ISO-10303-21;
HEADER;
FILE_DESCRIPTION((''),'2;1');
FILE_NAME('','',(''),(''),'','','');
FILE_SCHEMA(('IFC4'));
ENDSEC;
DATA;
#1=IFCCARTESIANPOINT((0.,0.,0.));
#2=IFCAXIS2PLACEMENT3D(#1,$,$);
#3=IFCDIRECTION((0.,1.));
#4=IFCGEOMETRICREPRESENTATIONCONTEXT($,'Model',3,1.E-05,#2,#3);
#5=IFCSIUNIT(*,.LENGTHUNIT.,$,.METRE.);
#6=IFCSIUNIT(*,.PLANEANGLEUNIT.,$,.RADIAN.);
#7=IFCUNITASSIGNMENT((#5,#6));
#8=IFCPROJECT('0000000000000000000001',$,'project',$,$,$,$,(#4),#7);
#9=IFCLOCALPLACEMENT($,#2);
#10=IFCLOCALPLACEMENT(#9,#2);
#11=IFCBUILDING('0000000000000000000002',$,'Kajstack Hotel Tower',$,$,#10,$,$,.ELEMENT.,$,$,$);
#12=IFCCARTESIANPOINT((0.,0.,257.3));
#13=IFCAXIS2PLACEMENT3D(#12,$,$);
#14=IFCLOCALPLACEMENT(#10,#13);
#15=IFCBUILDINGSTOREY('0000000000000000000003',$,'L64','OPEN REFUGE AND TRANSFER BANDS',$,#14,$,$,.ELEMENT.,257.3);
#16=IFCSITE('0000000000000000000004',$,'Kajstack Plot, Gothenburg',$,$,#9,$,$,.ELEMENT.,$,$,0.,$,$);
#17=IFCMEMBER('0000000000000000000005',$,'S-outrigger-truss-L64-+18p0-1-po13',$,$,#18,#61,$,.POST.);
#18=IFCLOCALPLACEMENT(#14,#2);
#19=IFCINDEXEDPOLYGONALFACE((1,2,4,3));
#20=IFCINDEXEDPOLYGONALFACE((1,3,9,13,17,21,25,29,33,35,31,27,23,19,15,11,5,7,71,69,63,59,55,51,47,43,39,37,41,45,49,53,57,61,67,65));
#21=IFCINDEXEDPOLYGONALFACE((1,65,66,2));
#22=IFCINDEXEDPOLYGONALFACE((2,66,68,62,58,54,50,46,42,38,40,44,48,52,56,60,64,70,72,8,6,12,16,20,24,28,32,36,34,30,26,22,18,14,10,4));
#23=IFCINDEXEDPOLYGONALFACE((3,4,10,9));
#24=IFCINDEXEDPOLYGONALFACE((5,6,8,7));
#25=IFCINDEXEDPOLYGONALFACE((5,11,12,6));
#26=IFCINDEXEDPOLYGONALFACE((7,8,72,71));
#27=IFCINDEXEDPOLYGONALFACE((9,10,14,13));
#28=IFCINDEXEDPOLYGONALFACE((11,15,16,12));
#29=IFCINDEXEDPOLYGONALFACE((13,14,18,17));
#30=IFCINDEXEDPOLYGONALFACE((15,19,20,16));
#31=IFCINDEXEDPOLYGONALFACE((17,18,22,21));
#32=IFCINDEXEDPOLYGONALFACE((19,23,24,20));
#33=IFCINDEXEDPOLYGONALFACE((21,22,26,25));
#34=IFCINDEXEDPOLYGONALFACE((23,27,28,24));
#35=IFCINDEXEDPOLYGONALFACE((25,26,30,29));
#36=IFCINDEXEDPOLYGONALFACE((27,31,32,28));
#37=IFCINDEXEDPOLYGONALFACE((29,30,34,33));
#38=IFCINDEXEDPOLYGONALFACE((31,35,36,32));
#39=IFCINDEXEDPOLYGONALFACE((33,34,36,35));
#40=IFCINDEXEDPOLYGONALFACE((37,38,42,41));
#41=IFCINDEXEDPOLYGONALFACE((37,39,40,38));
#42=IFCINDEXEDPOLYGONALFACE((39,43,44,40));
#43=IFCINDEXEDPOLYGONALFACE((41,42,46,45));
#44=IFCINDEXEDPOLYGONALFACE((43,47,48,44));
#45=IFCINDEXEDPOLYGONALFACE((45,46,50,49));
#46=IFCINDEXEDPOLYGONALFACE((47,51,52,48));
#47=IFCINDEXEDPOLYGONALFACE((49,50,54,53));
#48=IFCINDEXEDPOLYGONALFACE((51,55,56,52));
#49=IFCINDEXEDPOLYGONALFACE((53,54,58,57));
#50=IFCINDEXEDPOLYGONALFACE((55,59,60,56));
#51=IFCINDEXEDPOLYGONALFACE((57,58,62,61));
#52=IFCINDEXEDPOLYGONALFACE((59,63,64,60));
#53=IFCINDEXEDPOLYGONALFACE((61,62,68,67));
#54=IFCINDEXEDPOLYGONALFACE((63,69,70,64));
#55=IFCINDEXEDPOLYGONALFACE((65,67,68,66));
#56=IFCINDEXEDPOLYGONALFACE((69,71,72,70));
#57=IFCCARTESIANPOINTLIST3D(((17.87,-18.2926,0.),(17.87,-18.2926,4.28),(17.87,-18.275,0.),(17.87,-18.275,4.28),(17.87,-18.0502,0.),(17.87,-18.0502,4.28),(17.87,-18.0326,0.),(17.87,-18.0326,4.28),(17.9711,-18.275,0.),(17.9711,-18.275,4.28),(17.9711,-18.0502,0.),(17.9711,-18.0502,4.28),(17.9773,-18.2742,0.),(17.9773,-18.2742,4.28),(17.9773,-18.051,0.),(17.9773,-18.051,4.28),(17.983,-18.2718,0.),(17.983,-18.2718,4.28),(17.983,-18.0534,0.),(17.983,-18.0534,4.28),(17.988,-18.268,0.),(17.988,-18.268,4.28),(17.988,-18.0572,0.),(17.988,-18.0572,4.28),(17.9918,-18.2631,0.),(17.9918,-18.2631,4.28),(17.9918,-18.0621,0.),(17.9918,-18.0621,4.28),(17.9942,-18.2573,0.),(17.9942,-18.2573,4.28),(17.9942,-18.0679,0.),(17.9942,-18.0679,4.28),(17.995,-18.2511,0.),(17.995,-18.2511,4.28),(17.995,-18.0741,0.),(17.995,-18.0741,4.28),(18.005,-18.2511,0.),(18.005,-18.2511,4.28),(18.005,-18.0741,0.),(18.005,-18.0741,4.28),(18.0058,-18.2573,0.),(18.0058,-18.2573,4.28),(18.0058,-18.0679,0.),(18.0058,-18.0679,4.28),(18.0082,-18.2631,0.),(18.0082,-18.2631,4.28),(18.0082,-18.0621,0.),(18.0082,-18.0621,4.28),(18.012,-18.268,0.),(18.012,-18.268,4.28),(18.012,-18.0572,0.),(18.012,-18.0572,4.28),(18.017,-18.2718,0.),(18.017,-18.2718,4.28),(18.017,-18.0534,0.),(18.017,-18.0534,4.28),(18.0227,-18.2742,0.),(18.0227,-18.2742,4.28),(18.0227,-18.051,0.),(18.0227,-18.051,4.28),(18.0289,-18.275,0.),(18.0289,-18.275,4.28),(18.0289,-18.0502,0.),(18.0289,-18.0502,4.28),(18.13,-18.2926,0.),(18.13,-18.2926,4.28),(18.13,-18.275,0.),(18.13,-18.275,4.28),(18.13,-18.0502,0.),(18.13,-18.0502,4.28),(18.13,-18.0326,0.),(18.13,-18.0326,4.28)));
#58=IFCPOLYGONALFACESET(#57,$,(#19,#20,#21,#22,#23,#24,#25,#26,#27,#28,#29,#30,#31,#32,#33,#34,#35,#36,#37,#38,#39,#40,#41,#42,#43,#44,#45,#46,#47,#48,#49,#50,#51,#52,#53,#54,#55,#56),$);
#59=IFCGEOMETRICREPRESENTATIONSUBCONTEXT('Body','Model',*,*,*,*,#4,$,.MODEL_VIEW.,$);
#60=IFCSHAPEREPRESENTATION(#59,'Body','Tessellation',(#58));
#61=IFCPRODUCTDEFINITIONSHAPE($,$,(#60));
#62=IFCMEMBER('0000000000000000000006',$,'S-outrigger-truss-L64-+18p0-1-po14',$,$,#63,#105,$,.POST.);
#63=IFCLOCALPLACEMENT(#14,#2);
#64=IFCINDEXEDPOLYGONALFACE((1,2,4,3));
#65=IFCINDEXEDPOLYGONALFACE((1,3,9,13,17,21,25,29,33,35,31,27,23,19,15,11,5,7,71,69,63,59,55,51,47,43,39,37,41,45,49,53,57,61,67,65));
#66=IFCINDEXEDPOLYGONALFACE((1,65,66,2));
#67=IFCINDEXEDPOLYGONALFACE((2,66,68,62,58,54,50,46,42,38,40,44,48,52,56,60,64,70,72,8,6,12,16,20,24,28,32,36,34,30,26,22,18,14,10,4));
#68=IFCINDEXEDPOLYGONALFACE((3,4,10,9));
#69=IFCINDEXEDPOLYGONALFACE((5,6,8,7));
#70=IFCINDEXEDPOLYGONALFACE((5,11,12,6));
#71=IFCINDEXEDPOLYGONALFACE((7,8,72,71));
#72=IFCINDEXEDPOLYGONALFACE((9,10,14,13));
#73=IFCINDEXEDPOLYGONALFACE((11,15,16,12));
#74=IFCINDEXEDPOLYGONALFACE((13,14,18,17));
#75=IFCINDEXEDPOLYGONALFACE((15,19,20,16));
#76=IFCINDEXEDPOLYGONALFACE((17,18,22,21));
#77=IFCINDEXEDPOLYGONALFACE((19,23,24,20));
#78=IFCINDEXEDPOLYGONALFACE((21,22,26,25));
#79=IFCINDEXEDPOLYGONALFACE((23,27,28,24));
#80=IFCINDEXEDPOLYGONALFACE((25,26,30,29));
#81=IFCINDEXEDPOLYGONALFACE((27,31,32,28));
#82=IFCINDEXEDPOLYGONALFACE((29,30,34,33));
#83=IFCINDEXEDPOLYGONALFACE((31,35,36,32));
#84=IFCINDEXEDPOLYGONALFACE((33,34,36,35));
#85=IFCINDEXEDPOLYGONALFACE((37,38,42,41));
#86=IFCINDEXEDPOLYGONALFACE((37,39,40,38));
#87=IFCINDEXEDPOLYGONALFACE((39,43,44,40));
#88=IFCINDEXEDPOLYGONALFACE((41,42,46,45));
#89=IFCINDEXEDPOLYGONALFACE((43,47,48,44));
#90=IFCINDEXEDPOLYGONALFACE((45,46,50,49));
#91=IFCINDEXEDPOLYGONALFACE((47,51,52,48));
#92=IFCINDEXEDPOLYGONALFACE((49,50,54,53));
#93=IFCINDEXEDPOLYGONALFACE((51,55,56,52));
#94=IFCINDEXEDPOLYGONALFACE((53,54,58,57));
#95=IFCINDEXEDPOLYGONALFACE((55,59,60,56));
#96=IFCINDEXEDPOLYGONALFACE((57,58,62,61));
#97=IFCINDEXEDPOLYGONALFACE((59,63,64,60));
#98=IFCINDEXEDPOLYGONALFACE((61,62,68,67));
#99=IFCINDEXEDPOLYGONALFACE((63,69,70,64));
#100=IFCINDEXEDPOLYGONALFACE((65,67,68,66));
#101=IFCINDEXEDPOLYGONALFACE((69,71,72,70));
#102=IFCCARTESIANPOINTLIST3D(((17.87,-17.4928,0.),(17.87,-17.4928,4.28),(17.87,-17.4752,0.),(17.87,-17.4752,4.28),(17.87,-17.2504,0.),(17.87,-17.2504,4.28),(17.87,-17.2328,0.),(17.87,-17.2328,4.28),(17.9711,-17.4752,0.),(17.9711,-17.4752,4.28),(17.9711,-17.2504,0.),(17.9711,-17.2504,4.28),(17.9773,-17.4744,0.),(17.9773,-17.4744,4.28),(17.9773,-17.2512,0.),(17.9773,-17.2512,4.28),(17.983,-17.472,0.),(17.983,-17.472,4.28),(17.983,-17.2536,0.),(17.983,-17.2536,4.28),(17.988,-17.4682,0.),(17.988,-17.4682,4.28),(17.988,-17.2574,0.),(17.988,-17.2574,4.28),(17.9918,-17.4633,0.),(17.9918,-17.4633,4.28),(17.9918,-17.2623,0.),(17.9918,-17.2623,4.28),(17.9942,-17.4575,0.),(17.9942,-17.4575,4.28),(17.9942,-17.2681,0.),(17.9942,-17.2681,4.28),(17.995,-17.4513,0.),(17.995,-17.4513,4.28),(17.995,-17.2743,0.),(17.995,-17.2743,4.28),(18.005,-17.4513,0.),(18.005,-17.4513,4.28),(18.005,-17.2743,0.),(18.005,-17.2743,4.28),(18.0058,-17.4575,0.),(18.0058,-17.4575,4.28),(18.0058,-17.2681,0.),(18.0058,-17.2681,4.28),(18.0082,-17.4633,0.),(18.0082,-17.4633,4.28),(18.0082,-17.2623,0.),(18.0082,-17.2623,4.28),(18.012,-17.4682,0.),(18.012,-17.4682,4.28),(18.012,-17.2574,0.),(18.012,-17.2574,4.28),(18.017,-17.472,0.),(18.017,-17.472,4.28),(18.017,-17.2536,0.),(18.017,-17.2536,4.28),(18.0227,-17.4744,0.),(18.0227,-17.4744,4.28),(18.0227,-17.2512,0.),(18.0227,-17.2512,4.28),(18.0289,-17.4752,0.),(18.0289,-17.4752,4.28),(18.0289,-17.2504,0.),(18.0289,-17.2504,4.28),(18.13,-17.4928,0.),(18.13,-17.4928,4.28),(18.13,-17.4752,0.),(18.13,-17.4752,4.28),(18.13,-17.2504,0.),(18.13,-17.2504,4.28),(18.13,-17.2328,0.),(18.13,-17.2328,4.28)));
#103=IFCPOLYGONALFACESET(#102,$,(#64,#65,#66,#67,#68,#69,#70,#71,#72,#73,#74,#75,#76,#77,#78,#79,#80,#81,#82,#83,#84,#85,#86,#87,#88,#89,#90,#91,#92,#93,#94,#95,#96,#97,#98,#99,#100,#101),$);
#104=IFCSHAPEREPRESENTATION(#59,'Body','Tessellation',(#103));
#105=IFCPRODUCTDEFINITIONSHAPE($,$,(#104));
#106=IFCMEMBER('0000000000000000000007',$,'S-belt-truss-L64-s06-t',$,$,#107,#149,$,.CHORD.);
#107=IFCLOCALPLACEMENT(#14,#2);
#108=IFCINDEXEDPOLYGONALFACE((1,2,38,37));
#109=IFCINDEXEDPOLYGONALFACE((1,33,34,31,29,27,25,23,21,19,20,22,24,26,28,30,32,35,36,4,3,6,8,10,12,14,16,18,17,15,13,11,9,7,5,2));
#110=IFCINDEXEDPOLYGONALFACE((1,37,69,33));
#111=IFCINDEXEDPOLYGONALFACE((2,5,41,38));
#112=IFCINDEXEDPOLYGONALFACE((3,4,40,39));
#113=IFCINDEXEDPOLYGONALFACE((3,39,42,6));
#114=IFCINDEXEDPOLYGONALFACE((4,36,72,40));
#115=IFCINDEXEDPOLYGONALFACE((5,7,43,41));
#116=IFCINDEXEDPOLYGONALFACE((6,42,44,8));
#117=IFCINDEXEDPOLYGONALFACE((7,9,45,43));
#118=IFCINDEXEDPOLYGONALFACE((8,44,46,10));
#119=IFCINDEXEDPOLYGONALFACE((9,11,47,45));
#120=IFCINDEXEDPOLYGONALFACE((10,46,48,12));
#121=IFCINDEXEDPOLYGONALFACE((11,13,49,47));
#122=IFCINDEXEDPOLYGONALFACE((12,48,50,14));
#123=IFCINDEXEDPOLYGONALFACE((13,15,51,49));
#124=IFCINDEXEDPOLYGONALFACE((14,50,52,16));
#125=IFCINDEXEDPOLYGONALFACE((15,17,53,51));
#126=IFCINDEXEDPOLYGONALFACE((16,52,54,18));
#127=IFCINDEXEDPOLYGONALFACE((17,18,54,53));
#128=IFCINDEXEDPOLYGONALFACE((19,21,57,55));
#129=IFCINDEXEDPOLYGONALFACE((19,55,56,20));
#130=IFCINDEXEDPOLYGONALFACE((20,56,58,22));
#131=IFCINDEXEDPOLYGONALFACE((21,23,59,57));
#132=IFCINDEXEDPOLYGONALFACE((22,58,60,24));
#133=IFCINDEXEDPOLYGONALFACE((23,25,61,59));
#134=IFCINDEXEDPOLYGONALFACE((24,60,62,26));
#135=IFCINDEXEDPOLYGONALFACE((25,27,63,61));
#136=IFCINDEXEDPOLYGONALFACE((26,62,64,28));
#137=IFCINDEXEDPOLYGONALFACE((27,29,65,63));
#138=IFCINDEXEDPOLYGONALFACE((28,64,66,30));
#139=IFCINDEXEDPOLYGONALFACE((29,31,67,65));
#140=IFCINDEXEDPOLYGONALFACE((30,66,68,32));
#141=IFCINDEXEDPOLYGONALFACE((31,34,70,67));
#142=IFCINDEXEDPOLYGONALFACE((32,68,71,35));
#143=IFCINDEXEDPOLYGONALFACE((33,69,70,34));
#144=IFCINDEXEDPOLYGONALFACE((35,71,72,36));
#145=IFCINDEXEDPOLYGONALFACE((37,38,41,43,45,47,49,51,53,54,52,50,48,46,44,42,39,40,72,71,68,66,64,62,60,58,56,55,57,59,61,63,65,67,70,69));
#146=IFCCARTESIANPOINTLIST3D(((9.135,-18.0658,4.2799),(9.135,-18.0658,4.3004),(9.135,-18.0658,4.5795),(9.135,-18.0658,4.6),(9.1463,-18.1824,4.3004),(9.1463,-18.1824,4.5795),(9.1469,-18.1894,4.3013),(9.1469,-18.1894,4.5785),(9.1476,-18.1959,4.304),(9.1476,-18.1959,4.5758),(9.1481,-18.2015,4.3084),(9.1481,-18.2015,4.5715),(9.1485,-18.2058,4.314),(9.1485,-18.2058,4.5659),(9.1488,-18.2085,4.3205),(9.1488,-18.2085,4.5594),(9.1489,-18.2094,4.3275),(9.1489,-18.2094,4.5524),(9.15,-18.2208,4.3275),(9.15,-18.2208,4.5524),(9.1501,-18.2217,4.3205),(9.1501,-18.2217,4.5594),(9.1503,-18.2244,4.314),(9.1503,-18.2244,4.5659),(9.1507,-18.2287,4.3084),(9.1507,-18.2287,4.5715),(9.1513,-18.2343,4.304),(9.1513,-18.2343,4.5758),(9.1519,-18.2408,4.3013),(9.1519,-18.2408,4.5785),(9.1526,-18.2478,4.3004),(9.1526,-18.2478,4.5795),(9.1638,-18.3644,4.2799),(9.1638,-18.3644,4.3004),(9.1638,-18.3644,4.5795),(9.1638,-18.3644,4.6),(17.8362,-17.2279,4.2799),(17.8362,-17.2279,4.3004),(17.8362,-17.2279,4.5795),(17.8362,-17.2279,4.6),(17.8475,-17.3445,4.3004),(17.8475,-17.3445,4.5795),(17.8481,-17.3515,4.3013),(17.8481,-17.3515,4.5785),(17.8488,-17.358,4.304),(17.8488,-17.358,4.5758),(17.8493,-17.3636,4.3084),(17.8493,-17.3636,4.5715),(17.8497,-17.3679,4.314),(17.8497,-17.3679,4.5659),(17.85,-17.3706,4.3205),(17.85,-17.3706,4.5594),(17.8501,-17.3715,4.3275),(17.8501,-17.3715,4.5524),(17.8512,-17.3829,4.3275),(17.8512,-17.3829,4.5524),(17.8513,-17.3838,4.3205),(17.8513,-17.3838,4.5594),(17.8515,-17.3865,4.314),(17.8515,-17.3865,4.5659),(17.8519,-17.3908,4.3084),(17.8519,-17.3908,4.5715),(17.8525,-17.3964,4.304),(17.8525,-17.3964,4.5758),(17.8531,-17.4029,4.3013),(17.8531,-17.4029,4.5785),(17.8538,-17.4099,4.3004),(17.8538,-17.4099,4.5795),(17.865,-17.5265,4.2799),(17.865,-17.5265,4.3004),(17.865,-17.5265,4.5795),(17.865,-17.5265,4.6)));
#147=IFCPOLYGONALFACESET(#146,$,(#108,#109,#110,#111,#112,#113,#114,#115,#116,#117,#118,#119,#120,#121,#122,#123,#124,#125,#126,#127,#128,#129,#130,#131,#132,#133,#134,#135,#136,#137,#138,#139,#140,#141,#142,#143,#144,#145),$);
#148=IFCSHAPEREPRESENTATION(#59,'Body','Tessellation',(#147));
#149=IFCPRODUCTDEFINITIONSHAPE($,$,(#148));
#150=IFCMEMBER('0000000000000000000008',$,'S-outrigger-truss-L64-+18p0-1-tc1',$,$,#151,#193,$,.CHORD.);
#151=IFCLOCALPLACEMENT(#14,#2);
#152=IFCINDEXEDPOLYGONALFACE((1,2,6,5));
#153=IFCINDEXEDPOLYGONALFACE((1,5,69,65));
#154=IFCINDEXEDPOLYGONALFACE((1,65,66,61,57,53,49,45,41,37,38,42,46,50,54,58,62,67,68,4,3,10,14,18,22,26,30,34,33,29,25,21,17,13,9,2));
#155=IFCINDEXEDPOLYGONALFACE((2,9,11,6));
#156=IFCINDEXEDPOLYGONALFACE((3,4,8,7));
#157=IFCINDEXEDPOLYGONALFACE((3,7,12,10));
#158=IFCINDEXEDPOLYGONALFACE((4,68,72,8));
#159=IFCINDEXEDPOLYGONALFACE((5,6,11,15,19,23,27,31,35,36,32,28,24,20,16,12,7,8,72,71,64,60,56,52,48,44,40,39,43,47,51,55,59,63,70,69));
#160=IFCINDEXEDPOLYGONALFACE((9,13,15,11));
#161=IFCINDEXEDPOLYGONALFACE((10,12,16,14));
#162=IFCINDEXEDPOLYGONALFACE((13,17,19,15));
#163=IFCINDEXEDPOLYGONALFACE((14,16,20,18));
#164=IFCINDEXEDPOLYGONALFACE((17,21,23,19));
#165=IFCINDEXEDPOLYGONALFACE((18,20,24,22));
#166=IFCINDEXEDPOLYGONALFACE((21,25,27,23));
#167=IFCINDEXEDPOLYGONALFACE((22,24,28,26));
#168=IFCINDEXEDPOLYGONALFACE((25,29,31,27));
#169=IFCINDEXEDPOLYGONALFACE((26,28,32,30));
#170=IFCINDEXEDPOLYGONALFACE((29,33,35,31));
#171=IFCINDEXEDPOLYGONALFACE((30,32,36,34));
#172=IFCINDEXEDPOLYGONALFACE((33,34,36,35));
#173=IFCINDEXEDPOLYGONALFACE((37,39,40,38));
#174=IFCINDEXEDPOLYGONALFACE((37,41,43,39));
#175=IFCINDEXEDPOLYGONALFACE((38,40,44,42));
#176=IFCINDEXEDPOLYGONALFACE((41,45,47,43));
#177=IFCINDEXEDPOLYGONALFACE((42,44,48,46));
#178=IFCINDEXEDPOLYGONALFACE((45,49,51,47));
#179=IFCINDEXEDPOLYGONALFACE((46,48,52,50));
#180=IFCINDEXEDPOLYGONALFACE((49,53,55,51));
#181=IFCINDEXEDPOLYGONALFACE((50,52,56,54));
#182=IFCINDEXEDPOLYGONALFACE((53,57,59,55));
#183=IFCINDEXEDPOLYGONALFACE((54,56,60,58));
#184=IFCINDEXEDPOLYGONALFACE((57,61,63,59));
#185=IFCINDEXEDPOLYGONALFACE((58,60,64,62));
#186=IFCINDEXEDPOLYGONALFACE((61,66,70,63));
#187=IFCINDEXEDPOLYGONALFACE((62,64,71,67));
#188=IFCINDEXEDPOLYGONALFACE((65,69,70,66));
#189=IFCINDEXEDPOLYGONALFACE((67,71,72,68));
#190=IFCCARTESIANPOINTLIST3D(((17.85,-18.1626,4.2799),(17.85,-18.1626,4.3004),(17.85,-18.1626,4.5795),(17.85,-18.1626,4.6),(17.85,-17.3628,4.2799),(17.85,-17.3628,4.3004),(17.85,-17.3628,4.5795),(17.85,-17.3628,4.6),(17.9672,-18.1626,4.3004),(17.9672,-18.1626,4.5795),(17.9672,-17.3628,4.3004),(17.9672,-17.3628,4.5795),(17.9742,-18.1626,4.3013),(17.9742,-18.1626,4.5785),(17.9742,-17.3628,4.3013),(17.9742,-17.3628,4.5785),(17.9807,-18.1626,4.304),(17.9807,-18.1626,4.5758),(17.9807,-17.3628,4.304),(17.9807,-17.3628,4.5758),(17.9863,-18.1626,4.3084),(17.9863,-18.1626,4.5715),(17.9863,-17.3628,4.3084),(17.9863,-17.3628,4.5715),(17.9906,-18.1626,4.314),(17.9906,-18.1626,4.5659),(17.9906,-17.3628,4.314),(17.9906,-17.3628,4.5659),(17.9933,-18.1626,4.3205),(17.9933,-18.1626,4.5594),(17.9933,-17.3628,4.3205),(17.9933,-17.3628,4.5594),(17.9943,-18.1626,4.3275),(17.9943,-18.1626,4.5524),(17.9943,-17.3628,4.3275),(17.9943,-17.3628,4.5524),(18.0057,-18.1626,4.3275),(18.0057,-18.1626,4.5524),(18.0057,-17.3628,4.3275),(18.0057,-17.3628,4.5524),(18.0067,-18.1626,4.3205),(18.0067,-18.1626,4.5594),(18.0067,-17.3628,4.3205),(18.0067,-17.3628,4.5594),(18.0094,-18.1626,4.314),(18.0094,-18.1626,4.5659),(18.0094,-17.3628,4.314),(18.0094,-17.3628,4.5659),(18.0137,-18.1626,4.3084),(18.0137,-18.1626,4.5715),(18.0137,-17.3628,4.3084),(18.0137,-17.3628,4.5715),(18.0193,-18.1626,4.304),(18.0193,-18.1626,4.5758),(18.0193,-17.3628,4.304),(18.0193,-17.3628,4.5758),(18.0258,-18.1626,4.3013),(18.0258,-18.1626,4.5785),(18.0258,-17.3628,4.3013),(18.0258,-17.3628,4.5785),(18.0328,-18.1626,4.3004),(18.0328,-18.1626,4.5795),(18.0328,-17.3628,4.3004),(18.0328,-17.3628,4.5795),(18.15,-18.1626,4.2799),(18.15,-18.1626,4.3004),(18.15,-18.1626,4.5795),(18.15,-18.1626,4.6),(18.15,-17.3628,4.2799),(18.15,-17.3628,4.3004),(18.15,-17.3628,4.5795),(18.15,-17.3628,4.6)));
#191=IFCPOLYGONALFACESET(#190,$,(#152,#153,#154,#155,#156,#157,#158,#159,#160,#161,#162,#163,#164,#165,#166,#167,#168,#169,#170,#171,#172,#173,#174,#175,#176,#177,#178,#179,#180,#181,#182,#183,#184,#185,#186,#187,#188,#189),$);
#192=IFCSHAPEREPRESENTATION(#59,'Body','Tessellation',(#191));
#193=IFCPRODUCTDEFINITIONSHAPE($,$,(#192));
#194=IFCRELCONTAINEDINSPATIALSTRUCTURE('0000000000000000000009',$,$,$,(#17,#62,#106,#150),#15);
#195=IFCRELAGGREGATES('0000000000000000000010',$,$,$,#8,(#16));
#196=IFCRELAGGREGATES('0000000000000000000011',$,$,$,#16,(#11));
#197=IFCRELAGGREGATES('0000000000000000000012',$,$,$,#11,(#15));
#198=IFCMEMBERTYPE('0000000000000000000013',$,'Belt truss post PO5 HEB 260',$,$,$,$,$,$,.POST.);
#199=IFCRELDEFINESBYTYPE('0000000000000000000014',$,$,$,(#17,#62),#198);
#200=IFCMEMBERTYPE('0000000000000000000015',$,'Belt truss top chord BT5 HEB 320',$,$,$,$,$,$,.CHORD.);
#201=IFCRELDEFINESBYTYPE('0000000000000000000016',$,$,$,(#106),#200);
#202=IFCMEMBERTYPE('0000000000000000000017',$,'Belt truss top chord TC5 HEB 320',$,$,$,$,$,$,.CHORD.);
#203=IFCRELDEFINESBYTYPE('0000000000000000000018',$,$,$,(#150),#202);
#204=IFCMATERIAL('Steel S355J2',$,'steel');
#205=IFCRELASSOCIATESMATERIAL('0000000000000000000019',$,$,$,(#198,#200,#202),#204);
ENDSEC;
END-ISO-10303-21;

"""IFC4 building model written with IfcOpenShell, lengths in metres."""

from ifc_helpers import new_model, si_unit, direction, frame, origin, origin_2d, place, context, subcontext, project, spatial, i_section, extrude, material, material_profile, profile_set, type_object, element, save


model = new_model("IFC4")

# Units and contexts
model_context = context("Model", 3, precision=1e-05, world=origin(), true_north=direction((0.0, 1.0)))
body_context = subcontext(model_context, "Body", "Model", "MODEL_VIEW")
ifc_project = project(units=[si_unit("LENGTHUNIT", "METRE"), si_unit("PLANEANGLEUNIT", "RADIAN")], contexts=[model_context])

# Site, building, storey
site_placement = place(None, origin())
site = spatial("IfcSite", under=ifc_project, at=site_placement, Name="Kajstack Plot, Gothenburg", CompositionType="ELEMENT", RefElevation=0.0)
building_placement = place(site_placement, origin())
building = spatial("IfcBuilding", under=site, at=building_placement, Name="Kajstack Hotel Tower", CompositionType="ELEMENT")
storey_placement = place(building_placement, frame((0.0, 0.0, 257.3)))
storey = spatial("IfcBuildingStorey", under=building, at=storey_placement, Name="L64", Description="OPEN REFUGE AND TRANSFER BANDS", CompositionType="ELEMENT", Elevation=257.3)

# Members
ifc_material_1 = material(Name="Steel S355J2", Category="steel")
ifc_material_profile_1 = material_profile(ifc_material_1, i_section(OverallWidth=0.26, OverallDepth=0.26, WebThickness=0.01, FlangeThickness=0.0176, FilletRadius=0.0239, at=origin_2d()), Name="HEB 260")
ifc_profile_set_1 = profile_set([ifc_material_profile_1], Name="Steel S355J2")
member_type_1 = type_object("IfcMemberType", Name="Belt truss post PO5 HEB 260", PredefinedType="POST", material=ifc_profile_set_1)
for number, where, z_axis, x_axis, name in (
    (1, (18.0, -18.1626, 0.0), (0.0, 0.0, 1.0), (1.0, 0.0, 0.0), "S-outrigger-truss-L64-+18p0-1-po13"),
    (2, (18.0, -17.3628, 0.0), (0.0, 0.0, 1.0), (1.0, 0.0, 0.0), "S-outrigger-truss-L64-+18p0-1-po14"),
):
    element("IfcMember", number, at=place(storey_placement, frame(where, z_axis=z_axis, x_axis=x_axis)), inside=storey, type_object=member_type_1, Name=name, PredefinedType="POST", context=body_context, shape_type="SweptSolid", body=[
        extrude(i_section(OverallWidth=0.26, OverallDepth=0.26, WebThickness=0.01, FlangeThickness=0.0176, FilletRadius=0.0239, at=origin_2d()), origin(), (0.0, 0.0, 1.0), 4.28),
    ])
ifc_material_profile_2 = material_profile(ifc_material_1, i_section(OverallWidth=0.3, OverallDepth=0.3201, WebThickness=0.0115, FlangeThickness=0.0205, FilletRadius=0.0271, at=origin_2d()), Name="HEB 320")
ifc_profile_set_2 = profile_set([ifc_material_profile_2], Name="Steel S355J2")
member_type_2 = type_object("IfcMemberType", Name="Belt truss top chord BT5 HEB 320", PredefinedType="CHORD", material=ifc_profile_set_2)
member_1_placement = place(storey_placement, frame((9.1494, -18.2151, 4.4399), z_axis=(0.995396, 0.095853, 0.0), x_axis=(-0.095853, 0.995396, 0.0)))
element("IfcMember", 3, at=member_1_placement, inside=storey, type_object=member_type_2, Name="S-belt-truss-L64-s06-t", PredefinedType="CHORD", context=body_context, shape_type="SweptSolid", body=[
    extrude(i_section(OverallWidth=0.3, OverallDepth=0.3201, WebThickness=0.0115, FlangeThickness=0.0205, FilletRadius=0.0271, at=origin_2d()), origin(), (0.0, 0.0, 1.0), 8.7415),
])
ifc_material_profile_3 = material_profile(ifc_material_1, i_section(OverallWidth=0.3, OverallDepth=0.3201, WebThickness=0.0115, FlangeThickness=0.0205, FilletRadius=0.0271, at=origin_2d()), Name="HEB 320")
ifc_profile_set_3 = profile_set([ifc_material_profile_3], Name="Steel S355J2")
member_type_3 = type_object("IfcMemberType", Name="Belt truss top chord TC5 HEB 320", PredefinedType="CHORD", material=ifc_profile_set_3)
member_2_placement = place(storey_placement, frame((18.0, -18.1626, 4.4399), z_axis=(0.0, 1.0, 0.0), x_axis=(-1.0, 0.0, 0.0)))
element("IfcMember", 4, at=member_2_placement, inside=storey, type_object=member_type_3, Name="S-outrigger-truss-L64-+18p0-1-tc1", PredefinedType="CHORD", context=body_context, shape_type="SweptSolid", body=[
    extrude(i_section(OverallWidth=0.3, OverallDepth=0.3201, WebThickness=0.0115, FlangeThickness=0.0205, FilletRadius=0.0271, at=origin_2d()), origin(), (0.0, 0.0, 1.0), 0.7998),
])

save(model, "model.ifc")
